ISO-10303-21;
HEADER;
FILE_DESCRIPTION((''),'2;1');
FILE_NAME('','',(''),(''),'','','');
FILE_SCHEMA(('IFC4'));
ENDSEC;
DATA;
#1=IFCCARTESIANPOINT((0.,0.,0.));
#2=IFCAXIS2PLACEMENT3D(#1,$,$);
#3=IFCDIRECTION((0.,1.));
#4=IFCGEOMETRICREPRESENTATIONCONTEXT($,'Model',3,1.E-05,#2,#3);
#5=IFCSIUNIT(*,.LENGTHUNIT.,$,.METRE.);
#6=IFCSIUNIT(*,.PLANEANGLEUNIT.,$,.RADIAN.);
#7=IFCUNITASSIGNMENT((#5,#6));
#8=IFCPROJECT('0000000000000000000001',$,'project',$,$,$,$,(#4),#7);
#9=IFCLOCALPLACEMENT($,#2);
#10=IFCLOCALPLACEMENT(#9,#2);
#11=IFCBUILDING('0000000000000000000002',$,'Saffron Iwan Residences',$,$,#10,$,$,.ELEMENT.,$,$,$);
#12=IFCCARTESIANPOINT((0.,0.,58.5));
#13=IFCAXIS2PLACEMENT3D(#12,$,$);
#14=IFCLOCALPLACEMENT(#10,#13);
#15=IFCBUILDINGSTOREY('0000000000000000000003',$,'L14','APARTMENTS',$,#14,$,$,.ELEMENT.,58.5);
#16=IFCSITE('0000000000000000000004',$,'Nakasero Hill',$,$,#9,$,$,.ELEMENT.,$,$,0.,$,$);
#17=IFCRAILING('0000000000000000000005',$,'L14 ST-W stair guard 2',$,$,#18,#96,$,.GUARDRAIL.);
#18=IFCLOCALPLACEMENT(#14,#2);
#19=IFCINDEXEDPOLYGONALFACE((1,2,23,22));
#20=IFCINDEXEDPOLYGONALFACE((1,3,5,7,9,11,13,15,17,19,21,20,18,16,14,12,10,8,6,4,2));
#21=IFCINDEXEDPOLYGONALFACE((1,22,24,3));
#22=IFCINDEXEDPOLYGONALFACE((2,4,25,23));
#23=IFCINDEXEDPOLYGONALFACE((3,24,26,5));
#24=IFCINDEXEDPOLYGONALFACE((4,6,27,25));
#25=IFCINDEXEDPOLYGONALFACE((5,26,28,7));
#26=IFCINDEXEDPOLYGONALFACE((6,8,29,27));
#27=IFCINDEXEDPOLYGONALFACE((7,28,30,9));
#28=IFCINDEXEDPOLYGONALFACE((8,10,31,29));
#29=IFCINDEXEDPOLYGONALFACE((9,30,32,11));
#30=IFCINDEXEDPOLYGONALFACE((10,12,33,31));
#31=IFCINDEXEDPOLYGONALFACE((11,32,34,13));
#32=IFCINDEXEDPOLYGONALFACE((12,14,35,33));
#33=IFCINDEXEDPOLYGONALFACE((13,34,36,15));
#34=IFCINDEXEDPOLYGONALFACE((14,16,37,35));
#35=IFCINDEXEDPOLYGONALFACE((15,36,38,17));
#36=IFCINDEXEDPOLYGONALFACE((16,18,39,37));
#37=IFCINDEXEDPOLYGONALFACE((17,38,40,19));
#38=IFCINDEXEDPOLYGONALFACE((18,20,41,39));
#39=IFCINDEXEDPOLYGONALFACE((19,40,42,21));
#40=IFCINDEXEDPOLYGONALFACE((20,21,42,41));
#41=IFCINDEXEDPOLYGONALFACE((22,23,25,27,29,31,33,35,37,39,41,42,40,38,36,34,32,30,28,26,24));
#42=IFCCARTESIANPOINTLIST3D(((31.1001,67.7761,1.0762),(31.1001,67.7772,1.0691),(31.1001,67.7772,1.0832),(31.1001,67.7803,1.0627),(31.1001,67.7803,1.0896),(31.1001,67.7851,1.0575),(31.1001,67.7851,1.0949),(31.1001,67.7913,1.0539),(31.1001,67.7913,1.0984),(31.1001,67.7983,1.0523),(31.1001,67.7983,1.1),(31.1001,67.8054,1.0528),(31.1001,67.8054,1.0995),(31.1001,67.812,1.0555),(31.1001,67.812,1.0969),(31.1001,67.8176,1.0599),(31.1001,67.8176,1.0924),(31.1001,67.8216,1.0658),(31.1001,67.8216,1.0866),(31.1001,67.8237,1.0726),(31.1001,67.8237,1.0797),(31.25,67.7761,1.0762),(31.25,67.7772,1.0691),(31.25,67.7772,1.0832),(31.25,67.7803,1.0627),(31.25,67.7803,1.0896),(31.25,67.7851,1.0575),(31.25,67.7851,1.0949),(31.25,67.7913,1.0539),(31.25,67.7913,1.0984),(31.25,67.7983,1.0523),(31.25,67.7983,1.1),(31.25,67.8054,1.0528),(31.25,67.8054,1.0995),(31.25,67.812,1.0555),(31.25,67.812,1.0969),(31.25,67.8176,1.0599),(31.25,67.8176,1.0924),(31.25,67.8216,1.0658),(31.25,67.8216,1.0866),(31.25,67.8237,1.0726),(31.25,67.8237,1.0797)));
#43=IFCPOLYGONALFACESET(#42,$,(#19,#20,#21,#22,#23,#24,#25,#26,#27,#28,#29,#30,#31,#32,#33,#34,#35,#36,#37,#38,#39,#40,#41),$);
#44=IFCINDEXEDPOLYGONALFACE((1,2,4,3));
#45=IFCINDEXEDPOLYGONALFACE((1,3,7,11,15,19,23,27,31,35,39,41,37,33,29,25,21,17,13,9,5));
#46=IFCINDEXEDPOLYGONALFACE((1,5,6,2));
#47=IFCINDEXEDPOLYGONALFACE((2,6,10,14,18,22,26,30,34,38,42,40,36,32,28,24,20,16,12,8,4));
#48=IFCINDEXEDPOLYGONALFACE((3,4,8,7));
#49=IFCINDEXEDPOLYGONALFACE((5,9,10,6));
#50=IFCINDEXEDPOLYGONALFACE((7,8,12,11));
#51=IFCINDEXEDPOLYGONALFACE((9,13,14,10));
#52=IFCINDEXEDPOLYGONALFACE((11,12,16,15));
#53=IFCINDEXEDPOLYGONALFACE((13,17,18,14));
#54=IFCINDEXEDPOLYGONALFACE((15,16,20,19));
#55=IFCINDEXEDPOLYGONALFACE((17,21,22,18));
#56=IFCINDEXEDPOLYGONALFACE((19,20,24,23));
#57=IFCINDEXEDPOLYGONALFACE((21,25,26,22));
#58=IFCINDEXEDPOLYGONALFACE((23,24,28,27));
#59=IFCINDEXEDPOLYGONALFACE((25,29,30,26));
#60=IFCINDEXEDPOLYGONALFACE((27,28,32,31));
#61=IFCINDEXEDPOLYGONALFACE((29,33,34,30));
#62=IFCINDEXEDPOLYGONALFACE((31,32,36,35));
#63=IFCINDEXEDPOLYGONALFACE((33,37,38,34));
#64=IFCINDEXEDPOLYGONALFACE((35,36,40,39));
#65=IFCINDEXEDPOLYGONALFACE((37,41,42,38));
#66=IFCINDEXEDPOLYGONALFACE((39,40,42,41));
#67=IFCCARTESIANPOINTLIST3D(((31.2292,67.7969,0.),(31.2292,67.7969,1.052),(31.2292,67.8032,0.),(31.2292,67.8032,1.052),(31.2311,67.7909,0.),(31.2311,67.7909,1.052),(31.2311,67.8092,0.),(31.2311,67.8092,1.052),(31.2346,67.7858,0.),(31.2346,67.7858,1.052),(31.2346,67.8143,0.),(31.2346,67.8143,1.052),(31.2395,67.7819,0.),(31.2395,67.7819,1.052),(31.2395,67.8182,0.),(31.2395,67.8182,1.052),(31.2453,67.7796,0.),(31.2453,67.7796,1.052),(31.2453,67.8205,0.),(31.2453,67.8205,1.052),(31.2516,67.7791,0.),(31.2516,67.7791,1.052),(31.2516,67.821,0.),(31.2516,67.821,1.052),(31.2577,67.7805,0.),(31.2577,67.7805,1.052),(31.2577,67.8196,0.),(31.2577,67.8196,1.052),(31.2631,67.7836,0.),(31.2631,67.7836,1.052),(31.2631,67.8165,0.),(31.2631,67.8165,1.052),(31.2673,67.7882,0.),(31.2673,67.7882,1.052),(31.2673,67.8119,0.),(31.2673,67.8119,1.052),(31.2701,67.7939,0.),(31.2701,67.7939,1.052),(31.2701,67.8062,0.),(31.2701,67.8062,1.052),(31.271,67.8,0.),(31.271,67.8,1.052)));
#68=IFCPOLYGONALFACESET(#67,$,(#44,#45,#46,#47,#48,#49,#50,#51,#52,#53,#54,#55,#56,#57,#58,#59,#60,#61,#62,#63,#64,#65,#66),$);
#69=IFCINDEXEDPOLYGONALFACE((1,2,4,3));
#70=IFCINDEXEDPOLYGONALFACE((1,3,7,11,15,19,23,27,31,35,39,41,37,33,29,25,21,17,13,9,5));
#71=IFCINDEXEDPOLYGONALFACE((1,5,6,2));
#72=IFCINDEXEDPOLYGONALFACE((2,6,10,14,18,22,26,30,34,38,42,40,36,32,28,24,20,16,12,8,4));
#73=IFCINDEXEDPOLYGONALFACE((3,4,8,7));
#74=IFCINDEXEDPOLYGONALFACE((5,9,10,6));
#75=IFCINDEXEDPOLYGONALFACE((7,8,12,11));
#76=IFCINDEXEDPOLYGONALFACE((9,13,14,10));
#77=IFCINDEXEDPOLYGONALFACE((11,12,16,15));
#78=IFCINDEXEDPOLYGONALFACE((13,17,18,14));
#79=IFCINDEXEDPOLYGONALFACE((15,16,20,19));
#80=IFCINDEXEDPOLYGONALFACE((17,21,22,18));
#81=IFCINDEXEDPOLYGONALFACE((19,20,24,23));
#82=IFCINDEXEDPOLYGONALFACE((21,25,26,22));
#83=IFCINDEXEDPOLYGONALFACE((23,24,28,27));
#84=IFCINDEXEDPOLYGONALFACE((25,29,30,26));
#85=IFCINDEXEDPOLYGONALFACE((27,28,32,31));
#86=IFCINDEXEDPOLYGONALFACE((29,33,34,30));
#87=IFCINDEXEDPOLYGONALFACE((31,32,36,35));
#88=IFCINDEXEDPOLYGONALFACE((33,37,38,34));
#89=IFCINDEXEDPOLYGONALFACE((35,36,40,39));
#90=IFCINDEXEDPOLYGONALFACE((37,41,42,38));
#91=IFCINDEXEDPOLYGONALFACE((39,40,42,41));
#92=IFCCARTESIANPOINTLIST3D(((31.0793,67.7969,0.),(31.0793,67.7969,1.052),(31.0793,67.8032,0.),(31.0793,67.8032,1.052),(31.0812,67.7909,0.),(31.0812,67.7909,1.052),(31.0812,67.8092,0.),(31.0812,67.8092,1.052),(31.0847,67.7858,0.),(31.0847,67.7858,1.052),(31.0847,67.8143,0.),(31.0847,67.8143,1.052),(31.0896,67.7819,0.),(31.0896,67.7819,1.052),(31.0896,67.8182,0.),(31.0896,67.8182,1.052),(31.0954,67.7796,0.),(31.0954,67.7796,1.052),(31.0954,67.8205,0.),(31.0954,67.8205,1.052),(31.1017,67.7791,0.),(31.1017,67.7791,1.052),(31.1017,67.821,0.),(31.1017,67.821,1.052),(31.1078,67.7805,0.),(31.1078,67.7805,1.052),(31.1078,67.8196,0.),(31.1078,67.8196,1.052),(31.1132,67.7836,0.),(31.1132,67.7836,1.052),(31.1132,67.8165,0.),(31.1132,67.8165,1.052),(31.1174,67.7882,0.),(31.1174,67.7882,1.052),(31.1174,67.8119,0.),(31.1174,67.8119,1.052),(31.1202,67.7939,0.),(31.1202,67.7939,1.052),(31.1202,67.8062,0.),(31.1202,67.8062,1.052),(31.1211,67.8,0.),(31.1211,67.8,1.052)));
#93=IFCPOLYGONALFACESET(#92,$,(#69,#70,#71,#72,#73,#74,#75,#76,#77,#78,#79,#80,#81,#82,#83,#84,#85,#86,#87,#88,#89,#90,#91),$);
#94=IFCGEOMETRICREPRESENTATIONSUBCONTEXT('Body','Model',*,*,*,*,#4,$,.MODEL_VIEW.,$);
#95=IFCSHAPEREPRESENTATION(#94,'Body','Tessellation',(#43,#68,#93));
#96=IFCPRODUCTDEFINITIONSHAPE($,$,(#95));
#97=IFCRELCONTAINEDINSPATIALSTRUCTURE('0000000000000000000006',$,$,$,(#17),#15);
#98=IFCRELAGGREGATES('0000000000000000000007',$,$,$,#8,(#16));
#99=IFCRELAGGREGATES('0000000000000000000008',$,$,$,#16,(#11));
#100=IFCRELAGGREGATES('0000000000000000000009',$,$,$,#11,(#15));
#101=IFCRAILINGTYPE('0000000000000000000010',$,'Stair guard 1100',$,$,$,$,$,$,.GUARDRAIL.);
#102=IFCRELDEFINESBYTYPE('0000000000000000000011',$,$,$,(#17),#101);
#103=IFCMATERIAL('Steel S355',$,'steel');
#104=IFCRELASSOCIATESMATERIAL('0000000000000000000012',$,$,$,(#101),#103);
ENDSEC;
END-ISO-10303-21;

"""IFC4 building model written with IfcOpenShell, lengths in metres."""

from ifc_helpers import new_model, si_unit, direction, frame, origin, origin_2d, place, context, subcontext, project, spatial, circle, extrude, material, type_object, element, save


model = new_model("IFC4")

# Units and contexts
model_context = context("Model", 3, precision=1e-05, world=origin(), true_north=direction((0.0, 1.0)))
body_context = subcontext(model_context, "Body", "Model", "MODEL_VIEW")
ifc_project = project(units=[si_unit("LENGTHUNIT", "METRE"), si_unit("PLANEANGLEUNIT", "RADIAN")], contexts=[model_context])

# Site, building, storey
site_placement = place(None, origin())
site = spatial("IfcSite", under=ifc_project, at=site_placement, Name="Nakasero Hill", CompositionType="ELEMENT", RefElevation=0.0)
building_placement = place(site_placement, origin())
building = spatial("IfcBuilding", under=site, at=building_placement, Name="Saffron Iwan Residences", CompositionType="ELEMENT")
storey_placement = place(building_placement, frame((0.0, 0.0, 58.5)))
storey = spatial("IfcBuildingStorey", under=building, at=storey_placement, Name="L14", Description="APARTMENTS", CompositionType="ELEMENT", Elevation=58.5)

# Railing
ifc_material_1 = material(Name="Steel S355", Category="steel")
railing_type_1 = type_object("IfcRailingType", Name="Stair guard 1100", PredefinedType="GUARDRAIL", material=ifc_material_1)
railing_1_placement = place(storey_placement, frame((31.25, 67.8, 0.0)))
element("IfcRailing", 1, at=railing_1_placement, inside=storey, type_object=railing_type_1, Name="L14 ST-W stair guard 2", PredefinedType="GUARDRAIL", context=body_context, shape_type="SweptSolid", body=[
    extrude(circle(Radius=0.0239, at=origin_2d()), frame((0.0, 0.0, 1.0762), z_axis=(-1.0, 0.0, 0.0), x_axis=(0.0, -1.0, 0.0)), (0.0, 0.0, 1.0), 0.1499),
    extrude(circle(Radius=0.021, at=origin_2d()), origin(), (0.0, 0.0, 1.0), 1.052),
    extrude(circle(Radius=0.021, at=origin_2d()), frame((-0.1499, 0.0, 0.0)), (0.0, 0.0, 1.0), 1.052),
])

save(model, "model.ifc")
